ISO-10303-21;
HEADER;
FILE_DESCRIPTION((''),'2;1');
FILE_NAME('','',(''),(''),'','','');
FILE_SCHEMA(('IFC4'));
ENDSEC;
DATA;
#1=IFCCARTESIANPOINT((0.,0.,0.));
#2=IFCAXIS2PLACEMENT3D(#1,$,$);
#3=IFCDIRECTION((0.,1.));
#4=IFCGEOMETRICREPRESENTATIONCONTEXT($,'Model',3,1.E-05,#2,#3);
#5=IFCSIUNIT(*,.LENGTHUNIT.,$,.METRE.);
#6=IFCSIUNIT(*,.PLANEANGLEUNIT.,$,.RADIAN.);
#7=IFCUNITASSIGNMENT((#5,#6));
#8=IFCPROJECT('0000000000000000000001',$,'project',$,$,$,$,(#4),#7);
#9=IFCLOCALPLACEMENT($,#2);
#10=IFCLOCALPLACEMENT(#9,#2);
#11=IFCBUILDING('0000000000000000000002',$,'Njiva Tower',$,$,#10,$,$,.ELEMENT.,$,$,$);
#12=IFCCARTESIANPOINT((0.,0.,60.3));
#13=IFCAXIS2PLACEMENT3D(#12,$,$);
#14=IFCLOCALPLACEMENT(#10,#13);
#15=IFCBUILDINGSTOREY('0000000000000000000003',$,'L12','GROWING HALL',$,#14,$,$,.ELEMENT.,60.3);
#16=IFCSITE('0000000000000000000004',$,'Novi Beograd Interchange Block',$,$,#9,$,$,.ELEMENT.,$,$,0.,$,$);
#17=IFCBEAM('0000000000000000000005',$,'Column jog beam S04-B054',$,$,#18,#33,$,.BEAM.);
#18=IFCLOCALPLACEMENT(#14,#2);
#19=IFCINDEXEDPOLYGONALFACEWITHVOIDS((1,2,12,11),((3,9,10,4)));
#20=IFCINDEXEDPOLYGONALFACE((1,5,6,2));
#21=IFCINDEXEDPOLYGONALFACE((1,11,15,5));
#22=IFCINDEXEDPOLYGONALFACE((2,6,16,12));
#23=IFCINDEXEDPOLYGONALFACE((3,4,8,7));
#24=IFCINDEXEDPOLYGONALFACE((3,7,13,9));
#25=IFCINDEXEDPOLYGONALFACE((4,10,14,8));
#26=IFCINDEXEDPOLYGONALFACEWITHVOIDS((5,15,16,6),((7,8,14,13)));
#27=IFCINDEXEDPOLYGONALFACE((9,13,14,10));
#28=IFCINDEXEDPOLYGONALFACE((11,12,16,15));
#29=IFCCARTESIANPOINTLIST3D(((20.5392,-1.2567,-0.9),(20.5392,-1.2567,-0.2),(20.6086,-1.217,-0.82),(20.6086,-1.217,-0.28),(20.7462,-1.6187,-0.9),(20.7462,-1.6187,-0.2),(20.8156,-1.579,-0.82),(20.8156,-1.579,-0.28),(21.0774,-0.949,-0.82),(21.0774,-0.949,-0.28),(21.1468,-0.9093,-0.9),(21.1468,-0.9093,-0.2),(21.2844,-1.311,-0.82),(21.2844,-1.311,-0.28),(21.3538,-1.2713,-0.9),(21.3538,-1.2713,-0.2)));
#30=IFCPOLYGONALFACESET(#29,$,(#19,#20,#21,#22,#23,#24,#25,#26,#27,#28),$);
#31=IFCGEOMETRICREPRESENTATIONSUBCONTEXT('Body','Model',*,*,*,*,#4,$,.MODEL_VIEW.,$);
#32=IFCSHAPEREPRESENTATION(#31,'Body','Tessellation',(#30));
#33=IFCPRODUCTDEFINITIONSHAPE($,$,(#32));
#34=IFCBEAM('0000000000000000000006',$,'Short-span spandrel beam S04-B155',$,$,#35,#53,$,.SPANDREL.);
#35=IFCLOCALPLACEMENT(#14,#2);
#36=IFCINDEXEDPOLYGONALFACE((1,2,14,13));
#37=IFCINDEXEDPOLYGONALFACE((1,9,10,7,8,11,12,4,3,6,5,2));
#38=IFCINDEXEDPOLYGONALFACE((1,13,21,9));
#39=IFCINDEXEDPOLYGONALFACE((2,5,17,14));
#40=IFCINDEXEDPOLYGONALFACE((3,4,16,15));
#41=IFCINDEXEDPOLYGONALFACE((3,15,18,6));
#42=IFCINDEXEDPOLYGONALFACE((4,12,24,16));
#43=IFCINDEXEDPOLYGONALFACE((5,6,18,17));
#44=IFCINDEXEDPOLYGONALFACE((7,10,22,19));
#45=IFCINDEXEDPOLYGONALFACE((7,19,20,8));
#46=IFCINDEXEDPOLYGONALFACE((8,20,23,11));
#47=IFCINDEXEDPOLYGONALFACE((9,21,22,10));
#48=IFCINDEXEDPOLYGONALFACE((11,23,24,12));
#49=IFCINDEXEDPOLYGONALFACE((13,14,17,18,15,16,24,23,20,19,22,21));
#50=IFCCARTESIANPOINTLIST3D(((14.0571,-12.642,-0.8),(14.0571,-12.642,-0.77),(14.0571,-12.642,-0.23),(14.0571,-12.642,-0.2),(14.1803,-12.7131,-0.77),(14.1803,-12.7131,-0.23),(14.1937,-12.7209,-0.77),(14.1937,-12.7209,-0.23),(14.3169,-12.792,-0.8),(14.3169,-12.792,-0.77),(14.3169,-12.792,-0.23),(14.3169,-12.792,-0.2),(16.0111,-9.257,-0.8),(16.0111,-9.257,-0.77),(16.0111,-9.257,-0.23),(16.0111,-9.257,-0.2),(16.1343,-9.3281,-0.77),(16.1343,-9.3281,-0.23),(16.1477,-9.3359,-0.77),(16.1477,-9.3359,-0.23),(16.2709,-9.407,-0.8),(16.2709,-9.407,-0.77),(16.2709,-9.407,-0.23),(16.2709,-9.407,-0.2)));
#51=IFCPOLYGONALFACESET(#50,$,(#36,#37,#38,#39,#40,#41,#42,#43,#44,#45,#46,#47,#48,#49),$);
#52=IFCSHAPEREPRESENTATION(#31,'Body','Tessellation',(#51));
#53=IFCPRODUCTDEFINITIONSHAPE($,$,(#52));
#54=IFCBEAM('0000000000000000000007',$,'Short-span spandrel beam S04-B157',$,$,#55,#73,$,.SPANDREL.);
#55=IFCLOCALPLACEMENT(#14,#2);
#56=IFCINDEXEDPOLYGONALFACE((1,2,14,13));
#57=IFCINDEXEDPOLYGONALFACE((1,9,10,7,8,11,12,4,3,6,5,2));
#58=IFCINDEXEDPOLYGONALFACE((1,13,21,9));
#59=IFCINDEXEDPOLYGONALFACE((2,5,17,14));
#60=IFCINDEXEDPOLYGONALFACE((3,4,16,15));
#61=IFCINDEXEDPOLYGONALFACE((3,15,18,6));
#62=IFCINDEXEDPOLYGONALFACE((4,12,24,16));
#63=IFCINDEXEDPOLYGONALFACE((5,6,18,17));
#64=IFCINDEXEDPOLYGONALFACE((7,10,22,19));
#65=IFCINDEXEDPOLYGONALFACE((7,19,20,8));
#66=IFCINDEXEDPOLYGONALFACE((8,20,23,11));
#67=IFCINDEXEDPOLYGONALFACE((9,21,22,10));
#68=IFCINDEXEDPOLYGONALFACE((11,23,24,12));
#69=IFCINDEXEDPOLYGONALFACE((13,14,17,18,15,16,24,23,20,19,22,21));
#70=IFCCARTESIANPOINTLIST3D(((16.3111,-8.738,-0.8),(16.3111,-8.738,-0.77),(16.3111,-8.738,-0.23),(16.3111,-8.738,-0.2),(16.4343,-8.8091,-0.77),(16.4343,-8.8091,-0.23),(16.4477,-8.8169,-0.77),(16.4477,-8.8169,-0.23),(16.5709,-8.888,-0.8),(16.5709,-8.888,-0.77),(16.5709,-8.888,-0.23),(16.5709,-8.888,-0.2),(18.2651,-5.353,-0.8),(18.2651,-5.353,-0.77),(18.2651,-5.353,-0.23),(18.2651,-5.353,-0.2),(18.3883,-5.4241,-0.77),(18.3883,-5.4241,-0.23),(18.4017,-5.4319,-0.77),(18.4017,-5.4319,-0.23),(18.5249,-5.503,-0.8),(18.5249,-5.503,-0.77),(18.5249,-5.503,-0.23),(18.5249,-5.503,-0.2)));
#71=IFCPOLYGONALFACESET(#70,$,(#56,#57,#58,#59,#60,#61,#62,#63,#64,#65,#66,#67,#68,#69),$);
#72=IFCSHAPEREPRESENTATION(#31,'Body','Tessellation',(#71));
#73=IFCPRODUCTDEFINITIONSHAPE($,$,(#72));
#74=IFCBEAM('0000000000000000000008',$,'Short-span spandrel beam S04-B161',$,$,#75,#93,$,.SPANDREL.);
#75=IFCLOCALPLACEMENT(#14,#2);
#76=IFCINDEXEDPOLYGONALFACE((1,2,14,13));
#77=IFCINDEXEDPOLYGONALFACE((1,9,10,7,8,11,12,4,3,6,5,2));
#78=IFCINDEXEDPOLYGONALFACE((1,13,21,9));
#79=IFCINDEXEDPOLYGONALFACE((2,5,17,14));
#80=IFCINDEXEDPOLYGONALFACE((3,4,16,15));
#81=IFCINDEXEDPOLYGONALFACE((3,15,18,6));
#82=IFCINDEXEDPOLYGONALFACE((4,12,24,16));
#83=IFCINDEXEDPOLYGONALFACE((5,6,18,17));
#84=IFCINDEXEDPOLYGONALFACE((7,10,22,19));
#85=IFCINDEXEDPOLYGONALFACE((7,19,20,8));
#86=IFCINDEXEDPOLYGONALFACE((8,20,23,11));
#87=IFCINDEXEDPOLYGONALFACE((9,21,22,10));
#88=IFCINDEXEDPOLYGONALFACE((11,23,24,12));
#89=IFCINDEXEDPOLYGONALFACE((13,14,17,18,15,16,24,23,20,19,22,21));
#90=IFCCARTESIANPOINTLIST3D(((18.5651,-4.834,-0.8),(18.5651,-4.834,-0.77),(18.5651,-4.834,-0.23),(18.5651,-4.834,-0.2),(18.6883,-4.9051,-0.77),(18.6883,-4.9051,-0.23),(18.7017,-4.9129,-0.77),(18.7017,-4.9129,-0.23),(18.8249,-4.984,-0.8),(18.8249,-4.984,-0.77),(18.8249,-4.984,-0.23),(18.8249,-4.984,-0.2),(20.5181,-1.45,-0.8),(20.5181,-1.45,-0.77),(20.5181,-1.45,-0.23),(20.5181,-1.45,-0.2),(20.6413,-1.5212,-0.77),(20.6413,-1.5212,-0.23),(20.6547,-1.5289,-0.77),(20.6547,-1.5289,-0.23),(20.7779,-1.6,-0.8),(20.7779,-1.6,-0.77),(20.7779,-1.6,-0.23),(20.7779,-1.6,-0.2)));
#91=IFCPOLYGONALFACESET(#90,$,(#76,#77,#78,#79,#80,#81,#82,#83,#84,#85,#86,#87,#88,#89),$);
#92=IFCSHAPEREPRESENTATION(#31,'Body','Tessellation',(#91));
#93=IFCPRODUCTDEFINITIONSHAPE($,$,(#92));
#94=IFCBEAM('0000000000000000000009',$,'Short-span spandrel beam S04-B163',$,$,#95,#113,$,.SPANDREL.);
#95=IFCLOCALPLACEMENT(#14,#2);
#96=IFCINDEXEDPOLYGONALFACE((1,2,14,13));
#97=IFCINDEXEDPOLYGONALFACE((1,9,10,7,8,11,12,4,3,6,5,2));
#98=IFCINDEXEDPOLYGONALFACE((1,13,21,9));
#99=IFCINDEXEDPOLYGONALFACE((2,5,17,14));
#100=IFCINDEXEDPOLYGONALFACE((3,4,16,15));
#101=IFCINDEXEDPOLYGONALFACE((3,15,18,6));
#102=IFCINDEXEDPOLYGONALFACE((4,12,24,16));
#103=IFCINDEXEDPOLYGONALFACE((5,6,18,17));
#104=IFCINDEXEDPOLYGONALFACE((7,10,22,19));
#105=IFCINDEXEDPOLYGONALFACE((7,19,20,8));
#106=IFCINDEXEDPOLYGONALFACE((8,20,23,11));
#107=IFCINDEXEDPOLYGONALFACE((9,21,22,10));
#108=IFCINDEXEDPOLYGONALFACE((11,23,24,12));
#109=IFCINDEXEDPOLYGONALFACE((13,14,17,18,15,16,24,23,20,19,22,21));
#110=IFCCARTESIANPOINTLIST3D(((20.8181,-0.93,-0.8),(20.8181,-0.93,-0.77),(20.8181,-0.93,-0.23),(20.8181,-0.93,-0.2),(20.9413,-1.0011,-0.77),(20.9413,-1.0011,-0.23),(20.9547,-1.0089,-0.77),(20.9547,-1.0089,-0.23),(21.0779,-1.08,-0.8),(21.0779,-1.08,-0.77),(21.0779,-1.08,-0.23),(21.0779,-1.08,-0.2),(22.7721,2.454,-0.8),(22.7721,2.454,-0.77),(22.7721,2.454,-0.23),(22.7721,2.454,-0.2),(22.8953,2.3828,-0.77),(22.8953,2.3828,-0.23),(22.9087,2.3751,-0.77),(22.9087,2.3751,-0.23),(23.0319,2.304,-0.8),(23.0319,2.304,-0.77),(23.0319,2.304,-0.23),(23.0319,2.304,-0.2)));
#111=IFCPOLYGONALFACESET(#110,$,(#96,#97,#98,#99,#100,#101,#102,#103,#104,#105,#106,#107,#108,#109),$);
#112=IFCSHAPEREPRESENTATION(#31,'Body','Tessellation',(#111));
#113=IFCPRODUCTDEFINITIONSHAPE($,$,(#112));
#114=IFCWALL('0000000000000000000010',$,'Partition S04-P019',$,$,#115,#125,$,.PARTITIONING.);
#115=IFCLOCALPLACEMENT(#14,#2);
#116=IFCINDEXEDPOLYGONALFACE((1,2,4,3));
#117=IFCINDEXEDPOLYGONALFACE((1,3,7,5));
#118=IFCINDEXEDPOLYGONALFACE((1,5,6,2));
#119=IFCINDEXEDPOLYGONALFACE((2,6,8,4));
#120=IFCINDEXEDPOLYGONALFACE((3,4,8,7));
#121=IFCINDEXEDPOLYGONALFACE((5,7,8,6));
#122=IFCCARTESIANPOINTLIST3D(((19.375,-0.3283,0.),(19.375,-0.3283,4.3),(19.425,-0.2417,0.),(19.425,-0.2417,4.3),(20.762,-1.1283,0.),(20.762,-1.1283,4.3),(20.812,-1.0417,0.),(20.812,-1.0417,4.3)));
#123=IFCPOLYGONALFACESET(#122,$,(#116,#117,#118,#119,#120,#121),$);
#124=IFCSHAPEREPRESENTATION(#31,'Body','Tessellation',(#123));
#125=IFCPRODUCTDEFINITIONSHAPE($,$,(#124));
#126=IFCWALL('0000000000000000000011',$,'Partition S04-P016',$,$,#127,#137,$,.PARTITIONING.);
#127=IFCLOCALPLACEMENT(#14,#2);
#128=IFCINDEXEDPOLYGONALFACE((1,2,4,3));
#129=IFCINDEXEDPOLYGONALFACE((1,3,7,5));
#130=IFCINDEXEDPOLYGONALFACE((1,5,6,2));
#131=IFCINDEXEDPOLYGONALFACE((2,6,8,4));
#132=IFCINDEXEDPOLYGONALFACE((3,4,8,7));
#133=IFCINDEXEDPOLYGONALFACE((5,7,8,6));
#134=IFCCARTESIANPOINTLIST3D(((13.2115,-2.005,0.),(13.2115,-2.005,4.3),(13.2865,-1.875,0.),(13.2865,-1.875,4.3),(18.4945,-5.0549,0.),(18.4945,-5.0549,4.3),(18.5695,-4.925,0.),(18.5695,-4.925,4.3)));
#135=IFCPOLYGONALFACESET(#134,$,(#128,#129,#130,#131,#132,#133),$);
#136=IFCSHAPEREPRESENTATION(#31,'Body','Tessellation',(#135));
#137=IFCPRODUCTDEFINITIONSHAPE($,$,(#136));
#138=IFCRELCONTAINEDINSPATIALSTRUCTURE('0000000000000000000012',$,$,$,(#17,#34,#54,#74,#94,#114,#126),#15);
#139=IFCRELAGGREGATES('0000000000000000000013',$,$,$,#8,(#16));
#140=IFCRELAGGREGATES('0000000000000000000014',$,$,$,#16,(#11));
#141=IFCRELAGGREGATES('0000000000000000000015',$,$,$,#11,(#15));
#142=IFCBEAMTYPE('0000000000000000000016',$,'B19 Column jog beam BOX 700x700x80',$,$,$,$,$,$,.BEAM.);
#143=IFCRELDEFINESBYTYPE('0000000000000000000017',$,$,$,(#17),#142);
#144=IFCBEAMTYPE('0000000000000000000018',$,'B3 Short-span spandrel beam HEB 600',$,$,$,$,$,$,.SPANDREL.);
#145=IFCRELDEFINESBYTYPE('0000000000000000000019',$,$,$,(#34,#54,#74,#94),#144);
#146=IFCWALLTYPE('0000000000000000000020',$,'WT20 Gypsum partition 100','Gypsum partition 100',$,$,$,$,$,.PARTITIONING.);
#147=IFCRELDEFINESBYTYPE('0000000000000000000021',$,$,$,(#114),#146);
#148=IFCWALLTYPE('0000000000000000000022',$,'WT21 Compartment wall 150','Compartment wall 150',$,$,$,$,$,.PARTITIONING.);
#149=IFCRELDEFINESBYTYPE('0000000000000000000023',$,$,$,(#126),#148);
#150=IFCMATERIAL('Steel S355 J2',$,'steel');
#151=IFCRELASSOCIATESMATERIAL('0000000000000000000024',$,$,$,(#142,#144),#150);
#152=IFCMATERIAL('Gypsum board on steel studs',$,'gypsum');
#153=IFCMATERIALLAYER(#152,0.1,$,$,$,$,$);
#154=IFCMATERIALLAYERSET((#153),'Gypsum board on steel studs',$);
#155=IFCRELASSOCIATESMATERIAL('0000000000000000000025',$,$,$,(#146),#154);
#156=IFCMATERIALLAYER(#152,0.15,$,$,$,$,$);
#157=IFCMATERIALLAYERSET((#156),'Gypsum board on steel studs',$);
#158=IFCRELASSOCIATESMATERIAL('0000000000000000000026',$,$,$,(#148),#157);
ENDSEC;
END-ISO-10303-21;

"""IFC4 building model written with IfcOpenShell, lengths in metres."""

from ifc_helpers import new_model, si_unit, direction, frame, frame_2d, origin, origin_2d, place, context, subcontext, project, spatial, rectangle, hollow_rectangle, i_section, extrude, material, layer, layer_set, material_profile, profile_set, type_object, element, save


model = new_model("IFC4")

# Units and contexts
model_context = context("Model", 3, precision=1e-05, world=origin(), true_north=direction((0.0, 1.0)))
body_context = subcontext(model_context, "Body", "Model", "MODEL_VIEW")
ifc_project = project(units=[si_unit("LENGTHUNIT", "METRE"), si_unit("PLANEANGLEUNIT", "RADIAN")], contexts=[model_context])

# Site, building, storey
site_placement = place(None, origin())
site = spatial("IfcSite", under=ifc_project, at=site_placement, Name="Novi Beograd Interchange Block", CompositionType="ELEMENT", RefElevation=0.0)
building_placement = place(site_placement, origin())
building = spatial("IfcBuilding", under=site, at=building_placement, Name="Njiva Tower", CompositionType="ELEMENT")
storey_placement = place(building_placement, frame((0.0, 0.0, 60.3)))
storey = spatial("IfcBuildingStorey", under=building, at=storey_placement, Name="L12", Description="GROWING HALL", CompositionType="ELEMENT", Elevation=60.3)

# Shared definitions
ifc_material_1 = material(Name="Steel S355 J2", Category="steel")

# Beams
ifc_material_profile_1 = material_profile(ifc_material_1, hollow_rectangle(XDim=0.7, YDim=0.7, WallThickness=0.08, at=origin_2d()), Name="BOX 700x700x80")
ifc_profile_set_1 = profile_set([ifc_material_profile_1], Name="Steel S355 J2")
beam_type_1 = type_object("IfcBeamType", Name="B19 Column jog beam BOX 700x700x80", PredefinedType="BEAM", material=ifc_profile_set_1)
beam_1_placement = place(storey_placement, frame((21.05, -1.445, -0.55), z_axis=(-0.496397, 0.868096, 0.0), x_axis=(-0.868096, -0.496397, 0.0)))
element("IfcBeam", 1, at=beam_1_placement, inside=storey, type_object=beam_type_1, Name="Column jog beam S04-B054", PredefinedType="BEAM", context=body_context, shape_type="SweptSolid", body=[
    extrude(hollow_rectangle(XDim=0.7, YDim=0.7, WallThickness=0.08, at=origin_2d()), origin(), (0.0, 0.0, 1.0), 0.417),
])
ifc_material_profile_2 = material_profile(ifc_material_1, i_section(OverallWidth=0.3, OverallDepth=0.6, WebThickness=0.0155, FlangeThickness=0.03, at=origin_2d()), Name="HEB 600")
ifc_profile_set_2 = profile_set([ifc_material_profile_2], Name="Steel S355 J2")
beam_type_2 = type_object("IfcBeamType", Name="B3 Short-span spandrel beam HEB 600", PredefinedType="SPANDREL", material=ifc_profile_set_2)
for number, where, z_axis, x_axis, name in (
    (2, (14.187, -12.717, -0.5), (0.499937, 0.866062, 0.0), (-0.866062, 0.499937, 0.0), "Short-span spandrel beam S04-B155"),
    (3, (16.441, -8.813, -0.5), (0.499937, 0.866062, 0.0), (-0.866062, 0.499937, 0.0), "Short-span spandrel beam S04-B157"),
):
    element("IfcBeam", number, at=place(storey_placement, frame(where, z_axis=z_axis, x_axis=x_axis)), inside=storey, type_object=beam_type_2, Name=name, PredefinedType="SPANDREL", context=body_context, shape_type="SweptSolid", body=[
        extrude(i_section(OverallWidth=0.3, OverallDepth=0.6, WebThickness=0.0155, FlangeThickness=0.03, at=origin_2d()), origin(), (0.0, 0.0, 1.0), 3.9085),
    ])
beam_2_placement = place(storey_placement, frame((18.695, -4.909, -0.5), z_axis=(0.499855, 0.866109, 0.0), x_axis=(-0.866109, 0.499855, 0.0)))
element("IfcBeam", 4, at=beam_2_placement, inside=storey, type_object=beam_type_2, Name="Short-span spandrel beam S04-B161", PredefinedType="SPANDREL", context=body_context, shape_type="SweptSolid", body=[
    extrude(i_section(OverallWidth=0.3, OverallDepth=0.6, WebThickness=0.0155, FlangeThickness=0.03, at=origin_2d()), origin(), (0.0, 0.0, 1.0), 3.9071),
])
beam_3_placement = place(storey_placement, frame((20.948, -1.005, -0.5), z_axis=(0.500047, 0.865998, 0.0), x_axis=(-0.865998, 0.500047, 0.0)))
element("IfcBeam", 5, at=beam_3_placement, inside=storey, type_object=beam_type_2, Name="Short-span spandrel beam S04-B163", PredefinedType="SPANDREL", context=body_context, shape_type="SweptSolid", body=[
    extrude(i_section(OverallWidth=0.3, OverallDepth=0.6, WebThickness=0.0155, FlangeThickness=0.03, at=origin_2d()), origin(), (0.0, 0.0, 1.0), 3.9076),
])

# Walls
ifc_material_2 = material(Name="Gypsum board on steel studs", Category="gypsum")
ifc_layer_1 = layer(ifc_material_2, 0.1)
ifc_layer_set_1 = layer_set([ifc_layer_1], Name="Gypsum board on steel studs")
wall_type_1 = type_object("IfcWallType", Name="WT20 Gypsum partition 100", Description="Gypsum partition 100", PredefinedType="PARTITIONING", material=ifc_layer_set_1)
wall_1_placement = place(storey_placement, frame((19.4, -0.285, 0.0), z_axis=(0.0, 0.0, 1.0), x_axis=(0.866238, -0.499632, 0.0)))
element("IfcWall", 6, at=wall_1_placement, inside=storey, type_object=wall_type_1, Name="Partition S04-P019", PredefinedType="PARTITIONING", context=body_context, shape_type="SweptSolid", body=[
    extrude(rectangle(XDim=1.6012, YDim=0.1, at=frame_2d((0.8006, 0.0))), origin(), (0.0, 0.0, 1.0), 4.3),
])
ifc_layer_2 = layer(ifc_material_2, 0.15)
ifc_layer_set_2 = layer_set([ifc_layer_2], Name="Gypsum board on steel studs")
wall_type_2 = type_object("IfcWallType", Name="WT21 Compartment wall 150", Description="Compartment wall 150", PredefinedType="PARTITIONING", material=ifc_layer_set_2)
wall_2_placement = place(storey_placement, frame((13.249, -1.94, 0.0), z_axis=(0.0, 0.0, 1.0), x_axis=(0.866035, -0.499983, 0.0)))
element("IfcWall", 7, at=wall_2_placement, inside=storey, type_object=wall_type_2, Name="Partition S04-P016", PredefinedType="PARTITIONING", context=body_context, shape_type="SweptSolid", body=[
    extrude(rectangle(XDim=6.1002, YDim=0.15, at=frame_2d((3.0501, 0.0))), origin(), (0.0, 0.0, 1.0), 4.3),
])

save(model, "model.ifc")
